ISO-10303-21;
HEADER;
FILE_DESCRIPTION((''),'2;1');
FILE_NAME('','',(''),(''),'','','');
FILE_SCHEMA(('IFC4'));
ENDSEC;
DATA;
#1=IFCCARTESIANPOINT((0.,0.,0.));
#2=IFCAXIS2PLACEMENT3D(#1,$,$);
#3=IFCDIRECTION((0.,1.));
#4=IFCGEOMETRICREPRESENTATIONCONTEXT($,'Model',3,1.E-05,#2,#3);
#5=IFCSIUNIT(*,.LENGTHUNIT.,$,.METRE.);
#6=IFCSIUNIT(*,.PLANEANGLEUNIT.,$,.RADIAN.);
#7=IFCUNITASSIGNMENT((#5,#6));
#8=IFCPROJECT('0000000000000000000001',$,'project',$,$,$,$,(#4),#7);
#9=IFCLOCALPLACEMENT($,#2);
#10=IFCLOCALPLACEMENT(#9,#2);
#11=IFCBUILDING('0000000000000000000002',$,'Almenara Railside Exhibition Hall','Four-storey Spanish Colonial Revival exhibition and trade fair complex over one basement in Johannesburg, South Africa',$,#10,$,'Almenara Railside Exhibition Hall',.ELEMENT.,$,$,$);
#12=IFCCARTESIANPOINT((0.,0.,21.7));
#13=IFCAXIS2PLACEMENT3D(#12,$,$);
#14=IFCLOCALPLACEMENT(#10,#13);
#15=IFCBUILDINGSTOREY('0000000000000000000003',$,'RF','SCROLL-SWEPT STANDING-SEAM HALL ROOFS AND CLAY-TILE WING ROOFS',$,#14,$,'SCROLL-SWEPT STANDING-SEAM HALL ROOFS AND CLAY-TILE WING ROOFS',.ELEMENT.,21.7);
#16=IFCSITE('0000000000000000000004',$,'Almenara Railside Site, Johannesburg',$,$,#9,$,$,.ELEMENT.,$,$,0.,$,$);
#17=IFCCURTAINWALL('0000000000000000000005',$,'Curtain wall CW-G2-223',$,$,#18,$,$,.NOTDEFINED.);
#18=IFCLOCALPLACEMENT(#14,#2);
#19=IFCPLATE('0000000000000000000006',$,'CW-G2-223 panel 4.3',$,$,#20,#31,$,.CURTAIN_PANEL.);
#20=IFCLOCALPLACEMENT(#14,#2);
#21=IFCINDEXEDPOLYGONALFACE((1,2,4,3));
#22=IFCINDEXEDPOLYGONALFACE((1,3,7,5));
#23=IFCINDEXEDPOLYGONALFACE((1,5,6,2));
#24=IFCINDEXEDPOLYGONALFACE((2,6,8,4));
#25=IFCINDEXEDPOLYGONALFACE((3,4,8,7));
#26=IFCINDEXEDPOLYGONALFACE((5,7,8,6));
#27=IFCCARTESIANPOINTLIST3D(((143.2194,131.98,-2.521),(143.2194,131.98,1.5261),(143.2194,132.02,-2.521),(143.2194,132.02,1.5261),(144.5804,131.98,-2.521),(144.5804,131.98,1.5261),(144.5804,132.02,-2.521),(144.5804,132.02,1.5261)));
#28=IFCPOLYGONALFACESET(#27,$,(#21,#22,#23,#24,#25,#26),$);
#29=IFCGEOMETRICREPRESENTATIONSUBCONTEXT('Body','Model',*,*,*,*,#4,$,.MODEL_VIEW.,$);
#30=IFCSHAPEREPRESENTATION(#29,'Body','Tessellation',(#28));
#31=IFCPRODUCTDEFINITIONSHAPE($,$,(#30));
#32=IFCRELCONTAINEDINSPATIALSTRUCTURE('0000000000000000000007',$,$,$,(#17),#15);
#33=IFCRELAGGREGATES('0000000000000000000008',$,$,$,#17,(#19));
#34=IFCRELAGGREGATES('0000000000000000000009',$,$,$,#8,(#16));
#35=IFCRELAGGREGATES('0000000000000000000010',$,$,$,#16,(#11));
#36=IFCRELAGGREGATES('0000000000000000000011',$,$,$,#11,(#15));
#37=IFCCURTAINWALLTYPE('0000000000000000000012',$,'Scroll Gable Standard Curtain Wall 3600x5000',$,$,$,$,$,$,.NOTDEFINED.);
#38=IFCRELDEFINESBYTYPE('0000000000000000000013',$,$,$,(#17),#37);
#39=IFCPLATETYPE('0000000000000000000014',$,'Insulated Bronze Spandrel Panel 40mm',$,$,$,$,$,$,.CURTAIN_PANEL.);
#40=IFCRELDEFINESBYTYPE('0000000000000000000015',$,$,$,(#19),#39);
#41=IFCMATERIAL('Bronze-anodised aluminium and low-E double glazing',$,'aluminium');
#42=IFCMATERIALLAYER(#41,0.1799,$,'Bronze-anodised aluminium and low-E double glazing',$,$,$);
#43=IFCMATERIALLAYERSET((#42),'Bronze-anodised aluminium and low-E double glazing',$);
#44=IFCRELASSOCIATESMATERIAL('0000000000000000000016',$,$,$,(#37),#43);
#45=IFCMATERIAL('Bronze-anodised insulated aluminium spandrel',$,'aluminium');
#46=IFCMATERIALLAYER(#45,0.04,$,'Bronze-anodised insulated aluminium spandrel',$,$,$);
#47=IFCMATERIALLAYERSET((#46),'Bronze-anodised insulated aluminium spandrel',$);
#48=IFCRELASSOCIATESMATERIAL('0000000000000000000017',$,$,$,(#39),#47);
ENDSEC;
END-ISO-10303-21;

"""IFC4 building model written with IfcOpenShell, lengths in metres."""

from ifc_helpers import new_model, si_unit, direction, frame, origin, origin_2d, place, context, subcontext, project, spatial, rectangle, extrude, material, layer, layer_set, type_object, element, aggregate, save


model = new_model("IFC4")

# Units and contexts
model_context = context("Model", 3, precision=1e-05, world=origin(), true_north=direction((0.0, 1.0)))
body_context = subcontext(model_context, "Body", "Model", "MODEL_VIEW")
ifc_project = project(units=[si_unit("LENGTHUNIT", "METRE"), si_unit("PLANEANGLEUNIT", "RADIAN")], contexts=[model_context])

# Site, building, storey
site_placement = place(None, origin())
site = spatial("IfcSite", under=ifc_project, at=site_placement, Name="Almenara Railside Site, Johannesburg", CompositionType="ELEMENT", RefElevation=0.0)
building_placement = place(site_placement, origin())
building = spatial("IfcBuilding", under=site, at=building_placement, Name="Almenara Railside Exhibition Hall", Description="Four-storey Spanish Colonial Revival exhibition and trade fair complex over one basement in Johannesburg, South Africa", LongName="Almenara Railside Exhibition Hall", CompositionType="ELEMENT")
storey_placement = place(building_placement, frame((0.0, 0.0, 21.7)))
storey = spatial("IfcBuildingStorey", under=building, at=storey_placement, Name="RF", Description="SCROLL-SWEPT STANDING-SEAM HALL ROOFS AND CLAY-TILE WING ROOFS", LongName="SCROLL-SWEPT STANDING-SEAM HALL ROOFS AND CLAY-TILE WING ROOFS", CompositionType="ELEMENT", Elevation=21.7)

# Curtain wall
ifc_material_1 = material(Name="Bronze-anodised aluminium and low-E double glazing", Category="aluminium")
ifc_layer_1 = layer(ifc_material_1, 0.1799, Name="Bronze-anodised aluminium and low-E double glazing")
ifc_layer_set_1 = layer_set([ifc_layer_1], Name="Bronze-anodised aluminium and low-E double glazing")
curtain_wall_type = type_object("IfcCurtainWallType", Name="Scroll Gable Standard Curtain Wall 3600x5000", PredefinedType="NOTDEFINED", material=ifc_layer_set_1)
curtain_wall_placement = place(storey_placement, origin())
curtain_wall = element("IfcCurtainWall", 1, at=curtain_wall_placement, inside=storey, type_object=curtain_wall_type, Name="Curtain wall CW-G2-223", PredefinedType="NOTDEFINED")

# Plate
ifc_material_2 = material(Name="Bronze-anodised insulated aluminium spandrel", Category="aluminium")
ifc_layer_2 = layer(ifc_material_2, 0.04, Name="Bronze-anodised insulated aluminium spandrel")
ifc_layer_set_2 = layer_set([ifc_layer_2], Name="Bronze-anodised insulated aluminium spandrel")
plate_type = type_object("IfcPlateType", Name="Insulated Bronze Spandrel Panel 40mm", PredefinedType="CURTAIN_PANEL", material=ifc_layer_set_2)
plate_1_placement = place(storey_placement, frame((143.8999, 132.0, -2.521), z_axis=(0.0, 0.0, 1.0), x_axis=(1.0, 0.0, 0.0)))
plate_1 = element("IfcPlate", 2, at=plate_1_placement, type_object=plate_type, Name="CW-G2-223 panel 4.3", PredefinedType="CURTAIN_PANEL", context=body_context, shape_type="SweptSolid", body=[
    extrude(rectangle(XDim=1.3611, YDim=0.04, at=origin_2d()), origin(), (0.0, 0.0, 1.0), 4.0471),
])
aggregate(curtain_wall, [plate_1])

save(model, "model.ifc")
